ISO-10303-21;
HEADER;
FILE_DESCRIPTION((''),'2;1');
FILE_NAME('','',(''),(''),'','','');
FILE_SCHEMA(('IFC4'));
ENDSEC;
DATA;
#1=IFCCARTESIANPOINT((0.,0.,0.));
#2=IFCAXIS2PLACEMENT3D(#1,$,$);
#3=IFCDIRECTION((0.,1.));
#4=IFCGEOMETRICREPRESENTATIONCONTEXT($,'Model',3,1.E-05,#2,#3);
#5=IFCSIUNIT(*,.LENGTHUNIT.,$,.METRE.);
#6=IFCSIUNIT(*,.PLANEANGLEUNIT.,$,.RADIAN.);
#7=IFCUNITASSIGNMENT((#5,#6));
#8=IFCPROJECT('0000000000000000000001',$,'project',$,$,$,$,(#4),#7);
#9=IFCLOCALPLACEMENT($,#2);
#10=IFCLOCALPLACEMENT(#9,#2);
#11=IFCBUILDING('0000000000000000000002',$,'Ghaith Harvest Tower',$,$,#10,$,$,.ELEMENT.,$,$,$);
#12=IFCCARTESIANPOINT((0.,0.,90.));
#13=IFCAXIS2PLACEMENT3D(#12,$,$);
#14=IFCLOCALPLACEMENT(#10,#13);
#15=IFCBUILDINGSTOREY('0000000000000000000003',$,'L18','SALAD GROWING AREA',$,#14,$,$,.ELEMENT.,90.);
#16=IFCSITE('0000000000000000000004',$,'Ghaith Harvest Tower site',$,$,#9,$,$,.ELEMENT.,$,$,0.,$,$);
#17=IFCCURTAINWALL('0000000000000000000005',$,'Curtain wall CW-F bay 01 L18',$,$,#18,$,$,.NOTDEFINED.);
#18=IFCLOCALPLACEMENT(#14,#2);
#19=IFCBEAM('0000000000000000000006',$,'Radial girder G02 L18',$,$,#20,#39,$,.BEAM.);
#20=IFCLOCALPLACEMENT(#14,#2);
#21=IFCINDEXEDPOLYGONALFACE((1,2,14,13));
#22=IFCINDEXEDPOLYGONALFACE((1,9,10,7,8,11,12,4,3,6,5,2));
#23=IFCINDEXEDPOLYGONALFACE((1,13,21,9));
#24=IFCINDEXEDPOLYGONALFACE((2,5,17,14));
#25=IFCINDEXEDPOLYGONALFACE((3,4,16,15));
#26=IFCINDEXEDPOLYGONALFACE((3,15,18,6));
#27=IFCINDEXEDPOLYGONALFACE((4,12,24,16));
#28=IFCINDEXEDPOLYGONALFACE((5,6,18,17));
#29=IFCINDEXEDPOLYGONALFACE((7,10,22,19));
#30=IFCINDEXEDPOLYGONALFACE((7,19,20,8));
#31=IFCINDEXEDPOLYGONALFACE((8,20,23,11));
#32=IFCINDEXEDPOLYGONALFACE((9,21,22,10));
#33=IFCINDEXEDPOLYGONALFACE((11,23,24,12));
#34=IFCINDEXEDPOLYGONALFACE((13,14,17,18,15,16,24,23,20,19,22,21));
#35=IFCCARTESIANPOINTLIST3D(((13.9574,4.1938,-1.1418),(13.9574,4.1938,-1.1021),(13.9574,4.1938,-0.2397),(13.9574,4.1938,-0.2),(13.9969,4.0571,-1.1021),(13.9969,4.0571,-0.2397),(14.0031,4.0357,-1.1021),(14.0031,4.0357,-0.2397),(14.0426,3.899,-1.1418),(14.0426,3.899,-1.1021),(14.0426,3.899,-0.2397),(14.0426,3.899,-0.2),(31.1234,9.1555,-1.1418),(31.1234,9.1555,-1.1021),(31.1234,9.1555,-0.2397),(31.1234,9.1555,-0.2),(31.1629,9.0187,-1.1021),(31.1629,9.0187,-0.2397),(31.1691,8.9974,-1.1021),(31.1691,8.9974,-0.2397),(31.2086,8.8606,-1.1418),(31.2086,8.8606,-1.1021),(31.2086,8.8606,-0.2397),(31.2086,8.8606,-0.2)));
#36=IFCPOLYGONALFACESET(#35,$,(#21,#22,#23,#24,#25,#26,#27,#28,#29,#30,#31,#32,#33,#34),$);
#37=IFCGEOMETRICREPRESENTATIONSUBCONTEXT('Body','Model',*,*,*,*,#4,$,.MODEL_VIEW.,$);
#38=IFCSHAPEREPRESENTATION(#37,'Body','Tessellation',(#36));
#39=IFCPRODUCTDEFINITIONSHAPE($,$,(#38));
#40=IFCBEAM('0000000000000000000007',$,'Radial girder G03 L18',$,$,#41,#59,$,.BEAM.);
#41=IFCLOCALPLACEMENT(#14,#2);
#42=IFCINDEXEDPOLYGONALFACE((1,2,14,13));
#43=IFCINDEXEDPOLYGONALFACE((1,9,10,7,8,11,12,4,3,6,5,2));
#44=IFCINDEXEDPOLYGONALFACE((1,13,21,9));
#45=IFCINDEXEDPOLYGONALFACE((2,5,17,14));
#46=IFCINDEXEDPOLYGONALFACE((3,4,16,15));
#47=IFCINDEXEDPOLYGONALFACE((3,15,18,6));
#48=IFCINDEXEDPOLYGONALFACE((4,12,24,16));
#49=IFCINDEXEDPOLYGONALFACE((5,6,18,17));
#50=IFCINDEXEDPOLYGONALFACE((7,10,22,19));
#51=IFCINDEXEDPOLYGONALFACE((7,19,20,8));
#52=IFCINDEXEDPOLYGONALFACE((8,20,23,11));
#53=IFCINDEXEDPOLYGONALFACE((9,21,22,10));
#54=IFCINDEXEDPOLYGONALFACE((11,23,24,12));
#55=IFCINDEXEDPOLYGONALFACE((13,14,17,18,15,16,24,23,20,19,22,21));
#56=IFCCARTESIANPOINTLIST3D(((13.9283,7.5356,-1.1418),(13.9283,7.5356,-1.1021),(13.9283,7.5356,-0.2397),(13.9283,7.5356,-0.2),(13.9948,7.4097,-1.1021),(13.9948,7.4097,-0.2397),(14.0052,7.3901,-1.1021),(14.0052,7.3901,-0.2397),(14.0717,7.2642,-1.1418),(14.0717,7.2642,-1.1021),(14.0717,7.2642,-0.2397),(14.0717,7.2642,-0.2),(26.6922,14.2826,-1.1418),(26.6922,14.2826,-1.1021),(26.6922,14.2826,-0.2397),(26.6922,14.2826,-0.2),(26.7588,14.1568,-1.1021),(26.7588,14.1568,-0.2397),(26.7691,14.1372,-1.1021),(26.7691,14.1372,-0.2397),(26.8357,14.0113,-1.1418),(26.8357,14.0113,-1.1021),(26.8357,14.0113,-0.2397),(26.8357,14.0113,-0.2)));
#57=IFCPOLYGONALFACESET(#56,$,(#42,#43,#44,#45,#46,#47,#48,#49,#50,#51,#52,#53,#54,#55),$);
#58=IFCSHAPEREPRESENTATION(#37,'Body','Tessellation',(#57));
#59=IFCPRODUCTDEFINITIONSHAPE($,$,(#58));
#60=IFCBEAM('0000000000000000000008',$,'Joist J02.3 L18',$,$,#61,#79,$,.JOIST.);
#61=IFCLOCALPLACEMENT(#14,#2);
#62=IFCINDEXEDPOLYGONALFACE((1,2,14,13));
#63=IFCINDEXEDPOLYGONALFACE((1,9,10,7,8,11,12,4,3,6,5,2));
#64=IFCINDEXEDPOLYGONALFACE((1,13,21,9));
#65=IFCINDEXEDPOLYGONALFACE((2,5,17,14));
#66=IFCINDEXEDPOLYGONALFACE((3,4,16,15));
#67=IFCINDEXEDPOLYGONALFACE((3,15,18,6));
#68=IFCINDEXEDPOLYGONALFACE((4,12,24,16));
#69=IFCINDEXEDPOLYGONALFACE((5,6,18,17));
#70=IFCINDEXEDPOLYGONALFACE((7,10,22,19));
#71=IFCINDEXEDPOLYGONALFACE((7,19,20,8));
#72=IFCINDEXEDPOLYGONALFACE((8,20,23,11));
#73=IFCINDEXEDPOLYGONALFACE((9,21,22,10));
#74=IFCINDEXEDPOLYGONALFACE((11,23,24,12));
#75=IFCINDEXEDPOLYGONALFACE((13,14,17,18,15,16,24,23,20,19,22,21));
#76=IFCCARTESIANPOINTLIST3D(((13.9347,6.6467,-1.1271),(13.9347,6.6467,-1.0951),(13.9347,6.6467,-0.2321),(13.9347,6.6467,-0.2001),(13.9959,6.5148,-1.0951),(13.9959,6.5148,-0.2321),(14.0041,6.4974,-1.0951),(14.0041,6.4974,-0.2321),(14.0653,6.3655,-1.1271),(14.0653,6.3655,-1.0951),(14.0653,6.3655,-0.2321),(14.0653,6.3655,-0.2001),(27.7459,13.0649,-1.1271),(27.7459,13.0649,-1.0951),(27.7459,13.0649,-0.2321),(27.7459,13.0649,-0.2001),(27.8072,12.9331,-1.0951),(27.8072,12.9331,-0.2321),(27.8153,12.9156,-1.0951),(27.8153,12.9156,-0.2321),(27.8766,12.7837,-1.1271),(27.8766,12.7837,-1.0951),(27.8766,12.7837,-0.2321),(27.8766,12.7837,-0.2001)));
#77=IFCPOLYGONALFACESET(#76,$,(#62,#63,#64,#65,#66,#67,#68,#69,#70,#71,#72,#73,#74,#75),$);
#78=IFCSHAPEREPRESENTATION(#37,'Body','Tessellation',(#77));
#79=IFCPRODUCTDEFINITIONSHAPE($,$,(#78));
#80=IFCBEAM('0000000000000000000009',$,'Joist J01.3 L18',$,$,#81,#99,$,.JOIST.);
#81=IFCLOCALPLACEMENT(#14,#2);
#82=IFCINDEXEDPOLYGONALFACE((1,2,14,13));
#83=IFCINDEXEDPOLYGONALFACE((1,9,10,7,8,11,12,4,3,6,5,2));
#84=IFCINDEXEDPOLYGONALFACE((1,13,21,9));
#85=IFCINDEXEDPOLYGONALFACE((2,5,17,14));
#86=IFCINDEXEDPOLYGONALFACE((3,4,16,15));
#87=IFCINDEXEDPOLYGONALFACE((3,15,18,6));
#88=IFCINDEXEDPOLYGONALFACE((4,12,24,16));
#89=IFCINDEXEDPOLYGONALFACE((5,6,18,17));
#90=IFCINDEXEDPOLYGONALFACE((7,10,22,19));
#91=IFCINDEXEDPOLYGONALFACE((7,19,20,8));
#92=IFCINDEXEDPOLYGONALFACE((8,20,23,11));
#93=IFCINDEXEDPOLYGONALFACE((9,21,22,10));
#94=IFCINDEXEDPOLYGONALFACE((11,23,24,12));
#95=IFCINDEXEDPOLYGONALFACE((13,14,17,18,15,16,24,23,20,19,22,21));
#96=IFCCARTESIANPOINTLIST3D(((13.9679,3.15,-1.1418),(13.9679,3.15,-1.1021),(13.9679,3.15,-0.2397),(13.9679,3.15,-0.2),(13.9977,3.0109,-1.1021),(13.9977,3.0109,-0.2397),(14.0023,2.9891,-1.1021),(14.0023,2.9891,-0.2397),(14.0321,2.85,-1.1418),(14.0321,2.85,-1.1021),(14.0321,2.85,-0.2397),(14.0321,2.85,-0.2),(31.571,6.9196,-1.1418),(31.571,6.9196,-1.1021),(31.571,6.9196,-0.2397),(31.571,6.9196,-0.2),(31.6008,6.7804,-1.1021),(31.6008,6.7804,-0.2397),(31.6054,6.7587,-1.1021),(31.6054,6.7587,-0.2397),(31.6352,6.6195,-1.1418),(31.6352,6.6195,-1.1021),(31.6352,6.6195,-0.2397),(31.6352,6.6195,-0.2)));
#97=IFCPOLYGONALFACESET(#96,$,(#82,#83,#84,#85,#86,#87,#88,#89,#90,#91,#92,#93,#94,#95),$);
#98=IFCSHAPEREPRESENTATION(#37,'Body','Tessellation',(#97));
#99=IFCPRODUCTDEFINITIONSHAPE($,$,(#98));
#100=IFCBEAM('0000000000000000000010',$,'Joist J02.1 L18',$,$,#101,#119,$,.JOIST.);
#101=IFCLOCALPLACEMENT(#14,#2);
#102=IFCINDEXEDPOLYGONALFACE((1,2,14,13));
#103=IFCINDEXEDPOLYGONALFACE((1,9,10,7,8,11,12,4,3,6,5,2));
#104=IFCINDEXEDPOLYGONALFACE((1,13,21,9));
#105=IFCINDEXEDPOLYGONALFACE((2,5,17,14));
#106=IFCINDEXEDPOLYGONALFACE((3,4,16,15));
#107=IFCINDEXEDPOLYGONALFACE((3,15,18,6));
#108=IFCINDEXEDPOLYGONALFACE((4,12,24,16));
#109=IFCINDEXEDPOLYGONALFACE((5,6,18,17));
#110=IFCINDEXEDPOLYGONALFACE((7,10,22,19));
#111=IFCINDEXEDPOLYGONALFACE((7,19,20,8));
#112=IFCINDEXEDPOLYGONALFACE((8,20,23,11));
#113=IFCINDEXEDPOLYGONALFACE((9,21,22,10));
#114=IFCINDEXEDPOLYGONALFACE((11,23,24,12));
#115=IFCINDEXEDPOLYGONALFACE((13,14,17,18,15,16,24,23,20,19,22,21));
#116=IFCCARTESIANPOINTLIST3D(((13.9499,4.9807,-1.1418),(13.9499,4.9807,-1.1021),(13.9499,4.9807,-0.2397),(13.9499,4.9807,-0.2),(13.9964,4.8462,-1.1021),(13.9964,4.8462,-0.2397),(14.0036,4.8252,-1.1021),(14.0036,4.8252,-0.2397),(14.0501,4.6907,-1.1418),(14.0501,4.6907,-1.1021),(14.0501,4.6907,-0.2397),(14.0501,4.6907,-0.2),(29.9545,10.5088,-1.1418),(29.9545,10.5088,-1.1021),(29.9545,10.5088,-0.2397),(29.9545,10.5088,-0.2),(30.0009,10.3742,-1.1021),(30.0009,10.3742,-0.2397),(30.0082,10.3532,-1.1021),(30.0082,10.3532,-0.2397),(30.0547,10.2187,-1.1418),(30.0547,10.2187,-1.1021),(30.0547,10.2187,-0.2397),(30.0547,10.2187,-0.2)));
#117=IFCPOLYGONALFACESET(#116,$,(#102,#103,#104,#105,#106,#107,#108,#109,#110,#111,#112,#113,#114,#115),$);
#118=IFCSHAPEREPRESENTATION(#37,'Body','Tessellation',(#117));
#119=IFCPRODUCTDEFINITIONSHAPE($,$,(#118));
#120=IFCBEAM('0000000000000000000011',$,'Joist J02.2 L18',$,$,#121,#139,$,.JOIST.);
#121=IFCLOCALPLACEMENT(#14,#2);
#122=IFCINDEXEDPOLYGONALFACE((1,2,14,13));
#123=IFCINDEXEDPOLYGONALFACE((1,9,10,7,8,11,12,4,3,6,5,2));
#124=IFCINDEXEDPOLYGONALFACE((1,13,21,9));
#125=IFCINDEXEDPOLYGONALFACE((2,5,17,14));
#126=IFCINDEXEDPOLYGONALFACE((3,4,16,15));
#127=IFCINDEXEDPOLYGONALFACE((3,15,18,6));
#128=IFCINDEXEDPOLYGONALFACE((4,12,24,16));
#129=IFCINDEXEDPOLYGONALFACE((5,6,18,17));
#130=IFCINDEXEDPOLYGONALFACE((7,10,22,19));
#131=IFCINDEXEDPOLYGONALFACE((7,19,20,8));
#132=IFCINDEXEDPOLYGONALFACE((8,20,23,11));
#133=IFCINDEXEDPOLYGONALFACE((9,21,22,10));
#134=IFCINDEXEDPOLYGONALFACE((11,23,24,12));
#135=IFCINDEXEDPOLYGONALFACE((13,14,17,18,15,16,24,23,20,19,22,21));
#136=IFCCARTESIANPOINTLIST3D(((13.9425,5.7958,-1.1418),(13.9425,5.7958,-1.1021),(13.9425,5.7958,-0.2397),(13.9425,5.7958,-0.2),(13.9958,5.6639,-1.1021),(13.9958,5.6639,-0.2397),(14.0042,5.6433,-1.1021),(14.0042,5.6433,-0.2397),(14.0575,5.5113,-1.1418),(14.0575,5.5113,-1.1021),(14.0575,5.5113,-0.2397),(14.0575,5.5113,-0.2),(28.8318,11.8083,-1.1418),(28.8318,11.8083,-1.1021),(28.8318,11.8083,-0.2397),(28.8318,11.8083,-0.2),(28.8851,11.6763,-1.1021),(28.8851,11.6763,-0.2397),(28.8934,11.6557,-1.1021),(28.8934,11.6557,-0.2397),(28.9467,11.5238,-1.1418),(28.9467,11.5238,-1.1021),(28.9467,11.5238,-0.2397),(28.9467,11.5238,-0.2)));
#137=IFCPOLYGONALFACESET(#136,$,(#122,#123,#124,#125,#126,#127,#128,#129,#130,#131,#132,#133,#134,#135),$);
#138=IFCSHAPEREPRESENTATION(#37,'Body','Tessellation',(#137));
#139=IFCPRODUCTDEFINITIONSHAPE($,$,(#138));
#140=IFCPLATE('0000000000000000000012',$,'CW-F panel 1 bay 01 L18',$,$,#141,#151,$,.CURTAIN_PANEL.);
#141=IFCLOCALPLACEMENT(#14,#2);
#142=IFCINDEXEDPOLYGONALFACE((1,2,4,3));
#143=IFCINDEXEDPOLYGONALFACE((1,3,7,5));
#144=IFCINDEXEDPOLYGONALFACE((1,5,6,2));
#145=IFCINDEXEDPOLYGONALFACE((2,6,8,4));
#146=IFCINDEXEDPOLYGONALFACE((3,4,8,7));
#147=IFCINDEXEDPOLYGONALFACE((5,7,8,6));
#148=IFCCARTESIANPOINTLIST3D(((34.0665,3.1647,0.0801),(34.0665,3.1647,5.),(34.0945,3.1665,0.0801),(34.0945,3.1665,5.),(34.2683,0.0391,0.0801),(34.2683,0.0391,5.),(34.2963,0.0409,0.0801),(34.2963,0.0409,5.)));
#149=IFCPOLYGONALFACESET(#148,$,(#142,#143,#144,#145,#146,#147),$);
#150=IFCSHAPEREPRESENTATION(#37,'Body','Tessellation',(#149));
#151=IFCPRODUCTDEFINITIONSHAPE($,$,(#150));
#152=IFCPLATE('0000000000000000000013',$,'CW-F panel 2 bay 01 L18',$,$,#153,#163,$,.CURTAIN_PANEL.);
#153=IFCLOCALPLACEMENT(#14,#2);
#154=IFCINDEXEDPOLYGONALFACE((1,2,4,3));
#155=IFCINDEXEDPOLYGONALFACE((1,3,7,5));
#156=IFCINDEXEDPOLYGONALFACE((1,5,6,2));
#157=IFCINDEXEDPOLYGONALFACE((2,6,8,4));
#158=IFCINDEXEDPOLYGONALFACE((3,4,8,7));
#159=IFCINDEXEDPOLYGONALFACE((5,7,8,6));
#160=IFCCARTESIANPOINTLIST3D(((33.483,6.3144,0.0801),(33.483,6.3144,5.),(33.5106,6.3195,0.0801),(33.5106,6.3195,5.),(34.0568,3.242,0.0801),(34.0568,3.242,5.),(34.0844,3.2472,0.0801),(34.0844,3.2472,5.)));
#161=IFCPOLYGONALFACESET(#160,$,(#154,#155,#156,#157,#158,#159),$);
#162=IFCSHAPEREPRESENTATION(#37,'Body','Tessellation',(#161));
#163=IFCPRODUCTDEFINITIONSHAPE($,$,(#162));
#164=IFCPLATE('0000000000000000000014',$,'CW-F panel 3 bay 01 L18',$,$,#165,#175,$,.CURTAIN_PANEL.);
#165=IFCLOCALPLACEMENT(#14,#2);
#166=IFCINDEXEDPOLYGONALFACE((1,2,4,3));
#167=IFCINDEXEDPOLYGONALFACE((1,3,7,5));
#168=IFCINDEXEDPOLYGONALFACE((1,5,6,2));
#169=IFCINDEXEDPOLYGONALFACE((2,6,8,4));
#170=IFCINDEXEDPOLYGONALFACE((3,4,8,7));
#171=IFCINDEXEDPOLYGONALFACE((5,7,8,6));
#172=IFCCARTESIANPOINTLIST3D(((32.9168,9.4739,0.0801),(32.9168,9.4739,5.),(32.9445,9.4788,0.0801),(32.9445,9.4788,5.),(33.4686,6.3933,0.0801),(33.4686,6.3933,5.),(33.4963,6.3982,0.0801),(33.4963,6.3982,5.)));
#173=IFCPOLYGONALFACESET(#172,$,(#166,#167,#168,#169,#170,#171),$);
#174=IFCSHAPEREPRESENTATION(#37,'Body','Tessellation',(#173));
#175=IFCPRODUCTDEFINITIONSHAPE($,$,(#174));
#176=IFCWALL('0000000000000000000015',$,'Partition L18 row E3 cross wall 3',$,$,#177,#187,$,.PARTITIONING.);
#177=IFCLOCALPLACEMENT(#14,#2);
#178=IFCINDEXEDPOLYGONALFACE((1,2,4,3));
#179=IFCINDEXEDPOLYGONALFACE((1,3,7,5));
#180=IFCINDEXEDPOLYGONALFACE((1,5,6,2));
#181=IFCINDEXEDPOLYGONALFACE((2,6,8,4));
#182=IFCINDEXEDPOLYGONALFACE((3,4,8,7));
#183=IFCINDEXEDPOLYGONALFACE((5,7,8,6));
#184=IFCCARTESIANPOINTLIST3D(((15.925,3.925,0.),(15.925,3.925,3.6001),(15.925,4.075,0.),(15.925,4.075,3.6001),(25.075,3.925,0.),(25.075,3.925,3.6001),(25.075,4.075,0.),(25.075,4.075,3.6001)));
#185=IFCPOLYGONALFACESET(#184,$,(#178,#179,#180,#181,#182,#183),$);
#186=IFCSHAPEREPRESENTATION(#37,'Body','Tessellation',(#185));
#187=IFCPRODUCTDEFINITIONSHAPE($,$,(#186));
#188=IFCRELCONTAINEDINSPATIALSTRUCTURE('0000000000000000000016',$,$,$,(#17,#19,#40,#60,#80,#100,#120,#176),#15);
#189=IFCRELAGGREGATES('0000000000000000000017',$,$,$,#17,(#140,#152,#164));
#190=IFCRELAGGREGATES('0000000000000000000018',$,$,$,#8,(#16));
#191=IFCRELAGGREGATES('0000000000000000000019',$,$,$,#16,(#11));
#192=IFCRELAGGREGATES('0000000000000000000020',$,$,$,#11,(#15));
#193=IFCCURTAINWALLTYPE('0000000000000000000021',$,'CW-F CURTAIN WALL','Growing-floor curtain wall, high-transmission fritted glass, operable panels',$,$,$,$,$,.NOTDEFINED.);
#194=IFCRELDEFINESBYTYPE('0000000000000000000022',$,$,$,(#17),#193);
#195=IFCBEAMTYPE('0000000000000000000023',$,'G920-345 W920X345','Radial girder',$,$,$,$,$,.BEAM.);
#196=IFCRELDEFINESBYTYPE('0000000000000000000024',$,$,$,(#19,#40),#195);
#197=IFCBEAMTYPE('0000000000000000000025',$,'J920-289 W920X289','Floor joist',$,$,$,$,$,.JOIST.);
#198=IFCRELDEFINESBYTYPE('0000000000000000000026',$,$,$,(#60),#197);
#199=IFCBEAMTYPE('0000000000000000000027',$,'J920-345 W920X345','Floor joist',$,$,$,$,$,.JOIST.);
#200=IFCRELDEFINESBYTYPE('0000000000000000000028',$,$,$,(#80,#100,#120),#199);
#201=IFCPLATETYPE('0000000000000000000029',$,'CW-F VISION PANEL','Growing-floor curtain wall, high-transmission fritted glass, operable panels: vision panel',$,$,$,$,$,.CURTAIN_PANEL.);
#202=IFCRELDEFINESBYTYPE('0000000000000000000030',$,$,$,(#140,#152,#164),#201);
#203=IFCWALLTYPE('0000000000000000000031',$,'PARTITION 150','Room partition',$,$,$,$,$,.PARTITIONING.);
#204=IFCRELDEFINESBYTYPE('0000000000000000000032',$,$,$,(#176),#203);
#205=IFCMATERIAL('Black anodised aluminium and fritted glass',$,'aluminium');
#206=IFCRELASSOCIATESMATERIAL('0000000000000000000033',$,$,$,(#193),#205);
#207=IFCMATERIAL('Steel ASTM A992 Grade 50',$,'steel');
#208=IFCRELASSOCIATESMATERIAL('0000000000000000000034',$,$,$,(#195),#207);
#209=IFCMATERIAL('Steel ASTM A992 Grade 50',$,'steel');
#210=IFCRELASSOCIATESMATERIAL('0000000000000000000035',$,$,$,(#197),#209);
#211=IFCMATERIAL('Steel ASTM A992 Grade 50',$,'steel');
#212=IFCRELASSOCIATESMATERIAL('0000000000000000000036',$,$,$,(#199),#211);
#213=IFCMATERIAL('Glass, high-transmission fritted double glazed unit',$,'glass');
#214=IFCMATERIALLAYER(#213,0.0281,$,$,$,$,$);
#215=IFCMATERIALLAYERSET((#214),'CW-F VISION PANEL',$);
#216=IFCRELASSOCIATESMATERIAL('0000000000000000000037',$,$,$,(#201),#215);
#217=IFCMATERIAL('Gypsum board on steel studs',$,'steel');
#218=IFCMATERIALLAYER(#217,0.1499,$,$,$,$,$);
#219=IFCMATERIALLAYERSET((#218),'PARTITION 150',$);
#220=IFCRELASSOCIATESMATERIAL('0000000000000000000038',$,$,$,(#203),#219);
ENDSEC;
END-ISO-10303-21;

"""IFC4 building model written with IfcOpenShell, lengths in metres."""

from ifc_helpers import new_model, si_unit, direction, frame, frame_2d, origin, origin_2d, place, context, subcontext, project, spatial, rectangle, i_section, extrude, material, layer, layer_set, material_profile, profile_set, type_object, element, aggregate, save


model = new_model("IFC4")

# Units and contexts
model_context = context("Model", 3, precision=1e-05, world=origin(), true_north=direction((0.0, 1.0)))
body_context = subcontext(model_context, "Body", "Model", "MODEL_VIEW")
ifc_project = project(units=[si_unit("LENGTHUNIT", "METRE"), si_unit("PLANEANGLEUNIT", "RADIAN")], contexts=[model_context])

# Site, building, storey
site_placement = place(None, origin())
site = spatial("IfcSite", under=ifc_project, at=site_placement, Name="Ghaith Harvest Tower site", CompositionType="ELEMENT", RefElevation=0.0)
building_placement = place(site_placement, origin())
building = spatial("IfcBuilding", under=site, at=building_placement, Name="Ghaith Harvest Tower", CompositionType="ELEMENT")
storey_placement = place(building_placement, frame((0.0, 0.0, 90.0)))
storey = spatial("IfcBuildingStorey", under=building, at=storey_placement, Name="L18", Description="SALAD GROWING AREA", CompositionType="ELEMENT", Elevation=90.0)

# Curtain wall
ifc_material_1 = material(Name="Black anodised aluminium and fritted glass", Category="aluminium")
curtain_wall_type = type_object("IfcCurtainWallType", Name="CW-F CURTAIN WALL", Description="Growing-floor curtain wall, high-transmission fritted glass, operable panels", PredefinedType="NOTDEFINED", material=ifc_material_1)
curtain_wall_1_placement = place(storey_placement, origin())
curtain_wall_1 = element("IfcCurtainWall", 1, at=curtain_wall_1_placement, inside=storey, type_object=curtain_wall_type, Name="Curtain wall CW-F bay 01 L18", PredefinedType="NOTDEFINED")

# Beams
ifc_material_2 = material(Name="Steel ASTM A992 Grade 50", Category="steel")
ifc_material_profile_1 = material_profile(ifc_material_2, i_section(OverallWidth=0.3069, OverallDepth=0.9419, WebThickness=0.0222, FlangeThickness=0.0398, at=origin_2d()), Name="W920X345")
ifc_profile_set_1 = profile_set([ifc_material_profile_1], Name="Steel ASTM A992 Grade 50")
beam_type_1 = type_object("IfcBeamType", Name="G920-345 W920X345", Description="Radial girder", PredefinedType="BEAM", material=ifc_profile_set_1)
beam_1_placement = place(storey_placement, frame((14.0, 4.0464, -0.6709), z_axis=(0.960675, 0.277674, 0.0), x_axis=(-0.277674, 0.960675, 0.0)))
element("IfcBeam", 2, at=beam_1_placement, inside=storey, type_object=beam_type_1, Name="Radial girder G02 L18", PredefinedType="BEAM", context=body_context, shape_type="SweptSolid", body=[
    extrude(i_section(OverallWidth=0.3069, OverallDepth=0.9419, WebThickness=0.0222, FlangeThickness=0.0398, at=origin_2d()), origin(), (0.0, 0.0, 1.0), 17.8687),
])
beam_2_placement = place(storey_placement, frame((14.0, 7.3999, -0.6709), z_axis=(0.884083, 0.467331, 0.0), x_axis=(-0.467331, 0.884083, 0.0)))
element("IfcBeam", 3, at=beam_2_placement, inside=storey, type_object=beam_type_1, Name="Radial girder G03 L18", PredefinedType="BEAM", context=body_context, shape_type="SweptSolid", body=[
    extrude(i_section(OverallWidth=0.3069, OverallDepth=0.9419, WebThickness=0.0222, FlangeThickness=0.0398, at=origin_2d()), origin(), (0.0, 0.0, 1.0), 14.4375),
])
ifc_material_3 = material(Name="Steel ASTM A992 Grade 50", Category="steel")
ifc_material_profile_2 = material_profile(ifc_material_3, i_section(OverallWidth=0.3101, OverallDepth=0.927, WebThickness=0.0193, FlangeThickness=0.032, at=origin_2d()), Name="W920X289")
ifc_profile_set_2 = profile_set([ifc_material_profile_2], Name="Steel ASTM A992 Grade 50")
beam_type_2 = type_object("IfcBeamType", Name="J920-289 W920X289", Description="Floor joist", PredefinedType="JOIST", material=ifc_profile_set_2)
beam_3_placement = place(storey_placement, frame((14.0, 6.5061, -0.6636), z_axis=(0.906863, 0.421426, 0.0), x_axis=(-0.421426, 0.906863, 0.0)))
element("IfcBeam", 4, at=beam_3_placement, inside=storey, type_object=beam_type_2, Name="Joist J02.3 L18", PredefinedType="JOIST", context=body_context, shape_type="SweptSolid", body=[
    extrude(i_section(OverallWidth=0.3101, OverallDepth=0.927, WebThickness=0.0193, FlangeThickness=0.032, at=origin_2d()), origin(), (0.0, 0.0, 1.0), 15.2297),
])
ifc_material_4 = material(Name="Steel ASTM A992 Grade 50", Category="steel")
ifc_material_profile_3 = material_profile(ifc_material_4, i_section(OverallWidth=0.3069, OverallDepth=0.9419, WebThickness=0.0222, FlangeThickness=0.0398, at=origin_2d()), Name="W920X345")
ifc_profile_set_3 = profile_set([ifc_material_profile_3], Name="Steel ASTM A992 Grade 50")
beam_type_3 = type_object("IfcBeamType", Name="J920-345 W920X345", Description="Floor joist", PredefinedType="JOIST", material=ifc_profile_set_3)
beam_4_placement = place(storey_placement, frame((14.0, 3.0, -0.6709), z_axis=(0.977831, 0.209394, 0.0), x_axis=(-0.209394, 0.977831, 0.0)))
element("IfcBeam", 5, at=beam_4_placement, inside=storey, type_object=beam_type_3, Name="Joist J01.3 L18", PredefinedType="JOIST", context=body_context, shape_type="SweptSolid", body=[
    extrude(i_section(OverallWidth=0.3069, OverallDepth=0.9419, WebThickness=0.0222, FlangeThickness=0.0398, at=origin_2d()), origin(), (0.0, 0.0, 1.0), 18.0022),
])
beam_5_placement = place(storey_placement, frame((14.0, 4.8357, -0.6709), z_axis=(0.945205, 0.326478, 0.0), x_axis=(-0.326478, 0.945205, 0.0)))
element("IfcBeam", 6, at=beam_5_placement, inside=storey, type_object=beam_type_3, Name="Joist J02.1 L18", PredefinedType="JOIST", context=body_context, shape_type="SweptSolid", body=[
    extrude(i_section(OverallWidth=0.3069, OverallDepth=0.9419, WebThickness=0.0222, FlangeThickness=0.0398, at=origin_2d()), origin(), (0.0, 0.0, 1.0), 16.9324),
])
beam_6_placement = place(storey_placement, frame((14.0, 5.6536, -0.6709), z_axis=(0.927252, 0.374437, 0.0), x_axis=(-0.374437, 0.927252, 0.0)))
element("IfcBeam", 7, at=beam_6_placement, inside=storey, type_object=beam_type_3, Name="Joist J02.2 L18", PredefinedType="JOIST", context=body_context, shape_type="SweptSolid", body=[
    extrude(i_section(OverallWidth=0.3069, OverallDepth=0.9419, WebThickness=0.0222, FlangeThickness=0.0398, at=origin_2d()), origin(), (0.0, 0.0, 1.0), 16.0574),
])

# Plates
ifc_material_5 = material(Name="Glass, high-transmission fritted double glazed unit", Category="glass")
ifc_layer_1 = layer(ifc_material_5, 0.0281)
ifc_layer_set_1 = layer_set([ifc_layer_1], Name="CW-F VISION PANEL")
plate_type = type_object("IfcPlateType", Name="CW-F VISION PANEL", Description="Growing-floor curtain wall, high-transmission fritted glass, operable panels: vision panel", PredefinedType="CURTAIN_PANEL", material=ifc_layer_set_1)
plate_1_placement = place(storey_placement, frame((34.1814, 1.6028, 0.0801), z_axis=(0.0, 0.0, 1.0), x_axis=(-0.064446, 0.997921, 0.0)))
plate_1 = element("IfcPlate", 8, at=plate_1_placement, type_object=plate_type, Name="CW-F panel 1 bay 01 L18", PredefinedType="CURTAIN_PANEL", context=body_context, shape_type="SweptSolid", body=[
    extrude(rectangle(XDim=3.1321, YDim=0.0281, at=origin_2d()), origin(), (0.0, 0.0, 1.0), 4.9199),
])
plate_2_placement = place(storey_placement, frame((33.7837, 4.7808, 0.0801), z_axis=(0.0, 0.0, 1.0), x_axis=(-0.183569, 0.983007, 0.0)))
plate_2 = element("IfcPlate", 9, at=plate_2_placement, type_object=plate_type, Name="CW-F panel 2 bay 01 L18", PredefinedType="CURTAIN_PANEL", context=body_context, shape_type="SweptSolid", body=[
    extrude(rectangle(XDim=3.1255, YDim=0.0281, at=origin_2d()), origin(), (0.0, 0.0, 1.0), 4.9199),
])
plate_3_placement = place(storey_placement, frame((33.2065, 7.936, 0.0801), z_axis=(0.0, 0.0, 1.0), x_axis=(-0.17632, 0.984333, 0.0)))
plate_3 = element("IfcPlate", 10, at=plate_3_placement, type_object=plate_type, Name="CW-F panel 3 bay 01 L18", PredefinedType="CURTAIN_PANEL", context=body_context, shape_type="SweptSolid", body=[
    extrude(rectangle(XDim=3.1296, YDim=0.0281, at=origin_2d()), origin(), (0.0, 0.0, 1.0), 4.9199),
])
aggregate(curtain_wall_1, [plate_1, plate_2, plate_3])

# Wall
ifc_material_6 = material(Name="Gypsum board on steel studs", Category="steel")
ifc_layer_2 = layer(ifc_material_6, 0.1499)
ifc_layer_set_2 = layer_set([ifc_layer_2], Name="PARTITION 150")
wall_type_1 = type_object("IfcWallType", Name="PARTITION 150", Description="Room partition", PredefinedType="PARTITIONING", material=ifc_layer_set_2)
wall_1_placement = place(storey_placement, frame((15.925, 4.0, 0.0), z_axis=(0.0, 0.0, 1.0), x_axis=(1.0, 0.0, 0.0)))
element("IfcWall", 11, at=wall_1_placement, inside=storey, type_object=wall_type_1, Name="Partition L18 row E3 cross wall 3", PredefinedType="PARTITIONING", context=body_context, shape_type="SweptSolid", body=[
    extrude(rectangle(XDim=9.1499, YDim=0.1499, at=frame_2d((4.575, 0.0))), origin(), (0.0, 0.0, 1.0), 3.6001),
])

save(model, "model.ifc")
